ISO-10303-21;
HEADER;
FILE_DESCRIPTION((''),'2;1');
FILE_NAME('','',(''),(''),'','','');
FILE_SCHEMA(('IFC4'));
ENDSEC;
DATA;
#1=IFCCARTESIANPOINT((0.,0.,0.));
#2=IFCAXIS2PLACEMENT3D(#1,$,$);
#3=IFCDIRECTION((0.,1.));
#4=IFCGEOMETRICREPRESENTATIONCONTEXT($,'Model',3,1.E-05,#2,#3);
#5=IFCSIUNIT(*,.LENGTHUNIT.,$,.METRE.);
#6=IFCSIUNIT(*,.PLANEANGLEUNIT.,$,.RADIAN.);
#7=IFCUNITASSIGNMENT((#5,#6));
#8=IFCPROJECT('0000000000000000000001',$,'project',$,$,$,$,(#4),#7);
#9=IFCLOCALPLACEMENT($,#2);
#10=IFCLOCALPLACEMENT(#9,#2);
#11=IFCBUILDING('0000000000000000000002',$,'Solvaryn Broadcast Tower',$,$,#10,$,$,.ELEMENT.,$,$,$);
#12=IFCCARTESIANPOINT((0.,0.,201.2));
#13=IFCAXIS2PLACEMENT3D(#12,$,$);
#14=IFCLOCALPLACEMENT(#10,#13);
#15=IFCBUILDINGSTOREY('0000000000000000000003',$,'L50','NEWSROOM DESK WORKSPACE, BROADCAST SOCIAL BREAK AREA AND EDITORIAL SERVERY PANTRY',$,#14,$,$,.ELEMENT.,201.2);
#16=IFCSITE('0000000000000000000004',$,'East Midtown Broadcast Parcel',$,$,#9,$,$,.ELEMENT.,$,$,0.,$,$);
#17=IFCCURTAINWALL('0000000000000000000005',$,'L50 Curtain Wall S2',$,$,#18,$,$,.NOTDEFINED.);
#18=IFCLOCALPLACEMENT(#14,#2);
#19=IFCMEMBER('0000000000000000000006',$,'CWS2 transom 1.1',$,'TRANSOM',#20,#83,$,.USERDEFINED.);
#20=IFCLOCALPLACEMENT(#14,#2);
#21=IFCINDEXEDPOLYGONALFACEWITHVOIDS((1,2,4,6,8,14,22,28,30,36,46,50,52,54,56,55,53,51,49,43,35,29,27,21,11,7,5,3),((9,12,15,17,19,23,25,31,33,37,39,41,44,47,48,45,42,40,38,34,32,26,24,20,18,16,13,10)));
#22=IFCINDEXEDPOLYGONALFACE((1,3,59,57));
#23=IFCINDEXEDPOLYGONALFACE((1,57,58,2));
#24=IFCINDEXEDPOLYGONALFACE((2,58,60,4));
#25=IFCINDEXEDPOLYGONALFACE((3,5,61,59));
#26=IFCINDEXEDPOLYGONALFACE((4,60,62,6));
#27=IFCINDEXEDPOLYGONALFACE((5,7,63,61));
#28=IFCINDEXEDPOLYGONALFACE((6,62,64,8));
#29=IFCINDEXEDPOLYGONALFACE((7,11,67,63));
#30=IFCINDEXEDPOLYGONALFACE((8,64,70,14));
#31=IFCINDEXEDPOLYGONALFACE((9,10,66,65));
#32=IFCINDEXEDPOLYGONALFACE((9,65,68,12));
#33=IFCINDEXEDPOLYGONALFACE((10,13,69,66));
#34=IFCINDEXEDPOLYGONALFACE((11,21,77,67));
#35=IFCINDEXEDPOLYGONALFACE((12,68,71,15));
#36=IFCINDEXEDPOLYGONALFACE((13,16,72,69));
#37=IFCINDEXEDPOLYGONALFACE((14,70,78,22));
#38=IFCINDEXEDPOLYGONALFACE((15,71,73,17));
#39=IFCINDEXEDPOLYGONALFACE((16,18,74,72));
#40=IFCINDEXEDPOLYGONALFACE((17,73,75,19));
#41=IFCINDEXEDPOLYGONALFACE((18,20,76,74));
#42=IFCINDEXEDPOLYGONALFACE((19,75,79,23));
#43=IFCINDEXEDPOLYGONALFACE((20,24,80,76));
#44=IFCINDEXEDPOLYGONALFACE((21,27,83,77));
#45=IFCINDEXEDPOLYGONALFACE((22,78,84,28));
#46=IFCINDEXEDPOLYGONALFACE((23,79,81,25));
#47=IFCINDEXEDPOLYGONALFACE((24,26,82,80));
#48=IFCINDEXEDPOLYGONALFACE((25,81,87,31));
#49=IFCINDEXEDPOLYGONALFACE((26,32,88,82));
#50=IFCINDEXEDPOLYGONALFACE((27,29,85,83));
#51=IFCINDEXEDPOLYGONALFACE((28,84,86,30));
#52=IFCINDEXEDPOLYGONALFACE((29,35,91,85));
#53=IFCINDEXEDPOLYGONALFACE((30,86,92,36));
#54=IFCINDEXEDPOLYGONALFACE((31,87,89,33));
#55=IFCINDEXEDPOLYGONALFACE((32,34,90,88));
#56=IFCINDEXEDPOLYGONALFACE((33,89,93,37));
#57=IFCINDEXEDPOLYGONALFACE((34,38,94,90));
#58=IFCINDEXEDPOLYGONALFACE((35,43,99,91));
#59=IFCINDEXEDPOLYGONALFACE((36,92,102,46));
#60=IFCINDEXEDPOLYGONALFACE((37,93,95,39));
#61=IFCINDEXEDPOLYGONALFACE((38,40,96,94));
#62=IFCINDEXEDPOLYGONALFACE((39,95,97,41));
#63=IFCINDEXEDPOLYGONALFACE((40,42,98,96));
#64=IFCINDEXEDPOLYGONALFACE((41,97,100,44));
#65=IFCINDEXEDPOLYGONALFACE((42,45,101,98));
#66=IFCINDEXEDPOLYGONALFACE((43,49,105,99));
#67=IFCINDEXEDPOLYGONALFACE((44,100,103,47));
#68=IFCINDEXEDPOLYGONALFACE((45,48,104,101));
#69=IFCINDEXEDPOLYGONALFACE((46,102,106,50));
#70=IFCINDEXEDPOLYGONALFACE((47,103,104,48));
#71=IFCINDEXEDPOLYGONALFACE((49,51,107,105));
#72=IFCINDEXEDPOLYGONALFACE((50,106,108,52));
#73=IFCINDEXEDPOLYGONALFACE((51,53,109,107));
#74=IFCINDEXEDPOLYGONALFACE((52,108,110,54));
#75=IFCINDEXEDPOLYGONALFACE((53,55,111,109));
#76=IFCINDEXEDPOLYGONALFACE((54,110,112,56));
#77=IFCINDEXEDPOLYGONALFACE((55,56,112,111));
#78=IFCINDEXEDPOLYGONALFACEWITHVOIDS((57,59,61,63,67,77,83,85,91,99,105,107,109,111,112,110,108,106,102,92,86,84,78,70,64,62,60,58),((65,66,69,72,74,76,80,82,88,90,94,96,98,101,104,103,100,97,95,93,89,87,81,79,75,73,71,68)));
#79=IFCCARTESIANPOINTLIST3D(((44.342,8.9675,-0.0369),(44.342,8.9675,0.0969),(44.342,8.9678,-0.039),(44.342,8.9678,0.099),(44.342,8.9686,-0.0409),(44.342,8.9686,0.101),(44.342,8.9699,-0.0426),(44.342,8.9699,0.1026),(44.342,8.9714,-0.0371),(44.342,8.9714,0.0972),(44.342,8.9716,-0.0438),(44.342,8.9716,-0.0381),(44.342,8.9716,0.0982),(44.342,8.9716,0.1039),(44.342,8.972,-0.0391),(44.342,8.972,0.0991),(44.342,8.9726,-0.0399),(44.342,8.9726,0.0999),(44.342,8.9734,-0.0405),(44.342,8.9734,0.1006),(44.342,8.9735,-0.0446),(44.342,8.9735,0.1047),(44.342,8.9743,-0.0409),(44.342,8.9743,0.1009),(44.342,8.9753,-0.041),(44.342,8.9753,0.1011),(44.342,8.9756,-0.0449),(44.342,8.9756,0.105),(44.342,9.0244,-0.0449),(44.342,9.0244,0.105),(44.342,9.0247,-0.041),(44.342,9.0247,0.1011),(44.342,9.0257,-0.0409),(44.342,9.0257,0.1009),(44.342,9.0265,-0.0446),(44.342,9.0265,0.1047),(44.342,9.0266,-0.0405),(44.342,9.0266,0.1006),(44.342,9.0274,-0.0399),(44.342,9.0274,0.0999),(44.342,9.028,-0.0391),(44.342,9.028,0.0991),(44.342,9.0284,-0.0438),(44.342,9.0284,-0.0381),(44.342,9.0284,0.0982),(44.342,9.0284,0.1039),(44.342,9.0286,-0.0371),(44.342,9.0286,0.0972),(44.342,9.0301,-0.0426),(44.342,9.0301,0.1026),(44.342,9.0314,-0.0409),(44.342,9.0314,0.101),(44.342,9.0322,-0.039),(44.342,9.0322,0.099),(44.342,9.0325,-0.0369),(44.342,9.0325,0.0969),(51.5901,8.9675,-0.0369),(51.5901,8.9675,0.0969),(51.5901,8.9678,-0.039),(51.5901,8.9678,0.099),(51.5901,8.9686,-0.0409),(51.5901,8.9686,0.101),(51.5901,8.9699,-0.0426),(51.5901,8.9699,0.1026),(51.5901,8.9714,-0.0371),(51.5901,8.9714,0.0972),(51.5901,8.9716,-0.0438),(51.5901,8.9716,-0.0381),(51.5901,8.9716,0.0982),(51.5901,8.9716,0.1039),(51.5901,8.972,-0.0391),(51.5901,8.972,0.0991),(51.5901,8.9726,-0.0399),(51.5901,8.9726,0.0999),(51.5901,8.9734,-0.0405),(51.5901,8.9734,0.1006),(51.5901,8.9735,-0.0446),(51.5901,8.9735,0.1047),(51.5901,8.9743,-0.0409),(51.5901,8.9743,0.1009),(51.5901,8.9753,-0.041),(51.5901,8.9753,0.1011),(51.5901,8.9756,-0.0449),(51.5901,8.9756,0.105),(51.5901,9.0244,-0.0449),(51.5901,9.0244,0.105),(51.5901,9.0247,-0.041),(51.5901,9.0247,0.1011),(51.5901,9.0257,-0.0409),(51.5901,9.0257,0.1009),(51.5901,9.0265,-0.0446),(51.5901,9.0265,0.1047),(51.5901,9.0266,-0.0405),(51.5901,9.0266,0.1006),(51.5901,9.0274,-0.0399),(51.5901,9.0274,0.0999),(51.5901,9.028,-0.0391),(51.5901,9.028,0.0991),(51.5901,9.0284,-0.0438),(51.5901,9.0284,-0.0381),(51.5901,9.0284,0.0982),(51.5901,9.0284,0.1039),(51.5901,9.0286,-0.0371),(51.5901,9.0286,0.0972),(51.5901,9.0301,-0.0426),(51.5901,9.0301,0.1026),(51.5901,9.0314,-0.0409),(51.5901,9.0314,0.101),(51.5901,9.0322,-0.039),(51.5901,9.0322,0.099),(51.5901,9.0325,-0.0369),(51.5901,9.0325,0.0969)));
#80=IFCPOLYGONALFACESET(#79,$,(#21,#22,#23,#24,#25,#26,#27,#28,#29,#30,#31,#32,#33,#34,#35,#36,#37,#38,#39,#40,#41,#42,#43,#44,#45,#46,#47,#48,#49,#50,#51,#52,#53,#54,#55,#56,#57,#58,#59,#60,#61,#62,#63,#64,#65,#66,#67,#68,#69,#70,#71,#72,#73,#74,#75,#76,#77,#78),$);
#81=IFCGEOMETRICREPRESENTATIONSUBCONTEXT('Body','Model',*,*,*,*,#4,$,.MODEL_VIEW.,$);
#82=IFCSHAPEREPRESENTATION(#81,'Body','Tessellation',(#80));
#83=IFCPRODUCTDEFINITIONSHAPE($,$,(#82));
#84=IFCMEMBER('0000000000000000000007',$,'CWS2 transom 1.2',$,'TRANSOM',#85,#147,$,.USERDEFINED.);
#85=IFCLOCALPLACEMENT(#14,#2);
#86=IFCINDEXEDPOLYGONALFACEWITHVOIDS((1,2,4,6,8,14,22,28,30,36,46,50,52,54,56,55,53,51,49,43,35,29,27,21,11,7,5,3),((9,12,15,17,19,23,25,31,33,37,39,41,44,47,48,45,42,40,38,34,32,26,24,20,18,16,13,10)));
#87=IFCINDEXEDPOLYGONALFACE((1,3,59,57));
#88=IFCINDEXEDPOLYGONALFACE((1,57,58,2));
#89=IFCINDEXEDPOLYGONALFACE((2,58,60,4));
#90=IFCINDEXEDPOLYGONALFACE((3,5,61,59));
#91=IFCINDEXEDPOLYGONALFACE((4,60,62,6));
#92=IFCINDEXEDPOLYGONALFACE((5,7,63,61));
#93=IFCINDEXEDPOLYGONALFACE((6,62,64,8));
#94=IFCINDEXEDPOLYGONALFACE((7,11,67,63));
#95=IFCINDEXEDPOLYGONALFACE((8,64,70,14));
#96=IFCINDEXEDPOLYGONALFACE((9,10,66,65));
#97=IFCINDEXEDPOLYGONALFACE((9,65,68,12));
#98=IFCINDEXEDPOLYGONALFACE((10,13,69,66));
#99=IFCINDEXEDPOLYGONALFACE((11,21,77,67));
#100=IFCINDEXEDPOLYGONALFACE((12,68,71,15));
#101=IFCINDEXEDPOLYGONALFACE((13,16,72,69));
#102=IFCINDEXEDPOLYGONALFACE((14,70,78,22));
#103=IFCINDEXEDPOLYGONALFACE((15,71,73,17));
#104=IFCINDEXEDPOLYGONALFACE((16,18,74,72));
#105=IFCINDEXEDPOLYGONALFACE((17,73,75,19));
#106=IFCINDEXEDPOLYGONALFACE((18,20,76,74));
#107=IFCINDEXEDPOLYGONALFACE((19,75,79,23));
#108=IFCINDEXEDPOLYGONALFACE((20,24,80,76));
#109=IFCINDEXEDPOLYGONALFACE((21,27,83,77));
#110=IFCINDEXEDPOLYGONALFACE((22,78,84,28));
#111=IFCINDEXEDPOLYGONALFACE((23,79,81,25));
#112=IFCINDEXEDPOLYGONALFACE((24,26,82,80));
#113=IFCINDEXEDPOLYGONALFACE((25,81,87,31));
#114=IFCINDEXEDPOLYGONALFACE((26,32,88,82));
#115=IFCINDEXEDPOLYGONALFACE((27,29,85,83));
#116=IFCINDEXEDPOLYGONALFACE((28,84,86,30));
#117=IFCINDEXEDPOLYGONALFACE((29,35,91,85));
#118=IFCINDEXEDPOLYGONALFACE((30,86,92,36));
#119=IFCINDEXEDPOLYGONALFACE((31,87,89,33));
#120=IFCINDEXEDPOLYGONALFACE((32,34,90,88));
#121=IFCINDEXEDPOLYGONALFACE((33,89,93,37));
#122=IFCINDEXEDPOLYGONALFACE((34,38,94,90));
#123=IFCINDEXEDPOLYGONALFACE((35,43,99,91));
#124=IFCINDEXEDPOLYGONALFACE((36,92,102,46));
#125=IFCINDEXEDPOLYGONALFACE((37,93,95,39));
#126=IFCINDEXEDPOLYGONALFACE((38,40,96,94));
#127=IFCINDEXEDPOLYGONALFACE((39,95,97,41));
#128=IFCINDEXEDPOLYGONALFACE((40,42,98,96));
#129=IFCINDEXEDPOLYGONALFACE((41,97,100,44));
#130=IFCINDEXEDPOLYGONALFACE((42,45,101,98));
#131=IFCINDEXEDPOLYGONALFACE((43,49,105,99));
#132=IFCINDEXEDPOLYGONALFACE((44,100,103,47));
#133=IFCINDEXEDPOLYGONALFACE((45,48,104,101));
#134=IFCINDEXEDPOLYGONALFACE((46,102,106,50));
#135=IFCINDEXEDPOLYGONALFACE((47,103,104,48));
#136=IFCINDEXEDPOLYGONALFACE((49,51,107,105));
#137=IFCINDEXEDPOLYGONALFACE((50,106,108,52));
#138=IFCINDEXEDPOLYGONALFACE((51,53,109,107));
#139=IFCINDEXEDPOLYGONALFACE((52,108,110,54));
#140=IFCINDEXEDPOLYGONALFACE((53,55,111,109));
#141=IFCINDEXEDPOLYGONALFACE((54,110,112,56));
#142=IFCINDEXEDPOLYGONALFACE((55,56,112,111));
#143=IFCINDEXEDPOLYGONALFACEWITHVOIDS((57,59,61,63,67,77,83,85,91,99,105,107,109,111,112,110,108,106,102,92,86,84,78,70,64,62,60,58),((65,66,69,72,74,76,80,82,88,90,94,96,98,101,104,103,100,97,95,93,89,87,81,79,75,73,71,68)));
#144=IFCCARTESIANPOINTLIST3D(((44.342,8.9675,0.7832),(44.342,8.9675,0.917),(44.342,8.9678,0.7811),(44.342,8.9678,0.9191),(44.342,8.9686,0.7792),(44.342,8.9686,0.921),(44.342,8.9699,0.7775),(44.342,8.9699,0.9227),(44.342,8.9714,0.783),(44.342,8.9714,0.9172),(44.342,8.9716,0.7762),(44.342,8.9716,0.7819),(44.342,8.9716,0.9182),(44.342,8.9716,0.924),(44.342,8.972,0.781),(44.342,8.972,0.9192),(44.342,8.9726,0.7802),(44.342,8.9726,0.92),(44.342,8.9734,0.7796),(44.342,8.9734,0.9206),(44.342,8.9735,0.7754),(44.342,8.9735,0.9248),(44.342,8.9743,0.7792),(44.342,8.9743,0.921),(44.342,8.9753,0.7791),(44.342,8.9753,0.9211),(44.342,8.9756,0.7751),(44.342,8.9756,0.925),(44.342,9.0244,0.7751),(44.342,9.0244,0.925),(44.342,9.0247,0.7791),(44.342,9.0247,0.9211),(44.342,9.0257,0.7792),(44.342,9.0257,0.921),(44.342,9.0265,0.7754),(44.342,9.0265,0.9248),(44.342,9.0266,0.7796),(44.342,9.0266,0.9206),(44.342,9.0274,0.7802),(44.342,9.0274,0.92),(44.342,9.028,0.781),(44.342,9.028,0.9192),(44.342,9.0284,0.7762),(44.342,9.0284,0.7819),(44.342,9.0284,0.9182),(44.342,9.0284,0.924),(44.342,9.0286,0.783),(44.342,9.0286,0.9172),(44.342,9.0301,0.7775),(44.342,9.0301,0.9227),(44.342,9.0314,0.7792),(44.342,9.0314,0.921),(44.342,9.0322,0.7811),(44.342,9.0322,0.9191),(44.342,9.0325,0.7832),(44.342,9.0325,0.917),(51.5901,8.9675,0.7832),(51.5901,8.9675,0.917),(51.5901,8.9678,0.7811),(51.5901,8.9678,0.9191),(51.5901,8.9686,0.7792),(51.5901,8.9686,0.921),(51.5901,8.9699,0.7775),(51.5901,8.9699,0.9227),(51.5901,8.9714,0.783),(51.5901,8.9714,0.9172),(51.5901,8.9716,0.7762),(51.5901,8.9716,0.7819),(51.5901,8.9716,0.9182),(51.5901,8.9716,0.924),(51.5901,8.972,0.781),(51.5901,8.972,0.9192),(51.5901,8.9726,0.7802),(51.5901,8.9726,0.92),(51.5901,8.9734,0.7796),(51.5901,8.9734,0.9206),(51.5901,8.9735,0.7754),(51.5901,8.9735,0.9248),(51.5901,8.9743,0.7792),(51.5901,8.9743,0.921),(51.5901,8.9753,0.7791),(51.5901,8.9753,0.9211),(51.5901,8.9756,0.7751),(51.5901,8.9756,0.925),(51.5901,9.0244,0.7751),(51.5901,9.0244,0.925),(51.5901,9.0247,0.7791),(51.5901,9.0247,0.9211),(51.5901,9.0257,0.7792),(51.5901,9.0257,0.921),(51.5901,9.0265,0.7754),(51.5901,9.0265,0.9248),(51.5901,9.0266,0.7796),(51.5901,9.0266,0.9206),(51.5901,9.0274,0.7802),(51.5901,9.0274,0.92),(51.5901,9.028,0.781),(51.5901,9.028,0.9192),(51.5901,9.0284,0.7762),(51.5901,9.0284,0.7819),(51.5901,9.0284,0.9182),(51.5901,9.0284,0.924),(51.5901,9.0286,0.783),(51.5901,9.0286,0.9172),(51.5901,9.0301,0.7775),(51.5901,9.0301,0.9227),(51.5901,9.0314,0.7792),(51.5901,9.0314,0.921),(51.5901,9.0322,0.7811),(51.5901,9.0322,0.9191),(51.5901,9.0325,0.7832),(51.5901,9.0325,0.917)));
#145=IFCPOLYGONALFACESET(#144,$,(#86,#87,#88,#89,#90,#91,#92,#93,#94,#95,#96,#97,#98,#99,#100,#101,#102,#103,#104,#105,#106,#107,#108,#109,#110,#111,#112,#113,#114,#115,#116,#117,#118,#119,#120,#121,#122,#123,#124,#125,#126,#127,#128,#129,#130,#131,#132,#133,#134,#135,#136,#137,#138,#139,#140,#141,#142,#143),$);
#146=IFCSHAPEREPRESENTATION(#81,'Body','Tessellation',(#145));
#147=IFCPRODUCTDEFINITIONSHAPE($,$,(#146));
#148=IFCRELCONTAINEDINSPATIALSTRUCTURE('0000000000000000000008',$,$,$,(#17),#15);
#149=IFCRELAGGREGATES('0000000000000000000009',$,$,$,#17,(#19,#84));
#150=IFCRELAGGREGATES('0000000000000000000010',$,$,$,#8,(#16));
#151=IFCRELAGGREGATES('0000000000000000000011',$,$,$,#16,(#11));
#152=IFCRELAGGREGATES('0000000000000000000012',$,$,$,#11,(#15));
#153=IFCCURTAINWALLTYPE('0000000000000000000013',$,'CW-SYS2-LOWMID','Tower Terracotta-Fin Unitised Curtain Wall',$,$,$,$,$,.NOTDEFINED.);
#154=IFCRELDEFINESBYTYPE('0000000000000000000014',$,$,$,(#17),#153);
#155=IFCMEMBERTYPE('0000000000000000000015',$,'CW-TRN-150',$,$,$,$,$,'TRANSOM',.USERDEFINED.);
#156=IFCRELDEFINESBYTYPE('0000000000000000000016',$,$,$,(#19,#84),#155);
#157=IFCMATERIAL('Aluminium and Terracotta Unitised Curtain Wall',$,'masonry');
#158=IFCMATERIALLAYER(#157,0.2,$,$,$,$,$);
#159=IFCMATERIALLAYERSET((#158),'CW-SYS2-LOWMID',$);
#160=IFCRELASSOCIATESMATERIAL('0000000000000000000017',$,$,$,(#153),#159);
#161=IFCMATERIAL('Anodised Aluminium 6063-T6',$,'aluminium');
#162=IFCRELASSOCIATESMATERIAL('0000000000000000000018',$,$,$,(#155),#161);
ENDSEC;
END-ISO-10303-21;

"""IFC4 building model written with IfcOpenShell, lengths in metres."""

from ifc_helpers import new_model, si_unit, direction, frame, origin, origin_2d, place, context, subcontext, project, spatial, hollow_rectangle, extrude, material, layer, layer_set, material_profile, profile_set, type_object, element, aggregate, save


model = new_model("IFC4")

# Units and contexts
model_context = context("Model", 3, precision=1e-05, world=origin(), true_north=direction((0.0, 1.0)))
body_context = subcontext(model_context, "Body", "Model", "MODEL_VIEW")
ifc_project = project(units=[si_unit("LENGTHUNIT", "METRE"), si_unit("PLANEANGLEUNIT", "RADIAN")], contexts=[model_context])

# Site, building, storey
site_placement = place(None, origin())
site = spatial("IfcSite", under=ifc_project, at=site_placement, Name="East Midtown Broadcast Parcel", CompositionType="ELEMENT", RefElevation=0.0)
building_placement = place(site_placement, origin())
building = spatial("IfcBuilding", under=site, at=building_placement, Name="Solvaryn Broadcast Tower", CompositionType="ELEMENT")
storey_placement = place(building_placement, frame((0.0, 0.0, 201.2)))
storey = spatial("IfcBuildingStorey", under=building, at=storey_placement, Name="L50", Description="NEWSROOM DESK WORKSPACE, BROADCAST SOCIAL BREAK AREA AND EDITORIAL SERVERY PANTRY", CompositionType="ELEMENT", Elevation=201.2)

# Shared definitions
ifc_material_1 = material(Name="Aluminium and Terracotta Unitised Curtain Wall", Category="masonry")
ifc_layer_1 = layer(ifc_material_1, 0.2)
ifc_layer_set_1 = layer_set([ifc_layer_1], Name="CW-SYS2-LOWMID")
curtain_wall_type = type_object("IfcCurtainWallType", Name="CW-SYS2-LOWMID", Description="Tower Terracotta-Fin Unitised Curtain Wall", PredefinedType="NOTDEFINED", material=ifc_layer_set_1)

# Curtain wall, members
curtain_wall_1_placement = place(storey_placement, origin())
curtain_wall_1 = element("IfcCurtainWall", 1, at=curtain_wall_1_placement, inside=storey, type_object=curtain_wall_type, Name="L50 Curtain Wall S2", PredefinedType="NOTDEFINED")
ifc_material_2 = material(Name="Anodised Aluminium 6063-T6", Category="aluminium")
ifc_material_profile_1 = material_profile(ifc_material_2, hollow_rectangle(XDim=0.0649, YDim=0.1499, WallThickness=0.0039, InnerFilletRadius=0.0039, OuterFilletRadius=0.0081, at=origin_2d()))
ifc_profile_set_1 = profile_set([ifc_material_profile_1], Name="Anodised Aluminium 6063-T6")
member_type_1 = type_object("IfcMemberType", Name="CW-TRN-150", ElementType="TRANSOM", PredefinedType="USERDEFINED", material=ifc_profile_set_1)
member_1_placement = place(storey_placement, frame((44.342, 9.0, 0.03), z_axis=(1.0, 0.0, 0.0), x_axis=(0.0, 1.0, 0.0)))
member_1 = element("IfcMember", 2, at=member_1_placement, type_object=member_type_1, Name="CWS2 transom 1.1", ObjectType="TRANSOM", PredefinedType="USERDEFINED", context=body_context, shape_type="SweptSolid", body=[
    extrude(hollow_rectangle(XDim=0.0649, YDim=0.1499, WallThickness=0.0039, InnerFilletRadius=0.0039, OuterFilletRadius=0.0081, at=origin_2d()), origin(), (0.0, 0.0, 1.0), 7.248),
])
member_2_placement = place(storey_placement, frame((44.342, 9.0, 0.8501), z_axis=(1.0, 0.0, 0.0), x_axis=(0.0, 1.0, 0.0)))
member_2 = element("IfcMember", 3, at=member_2_placement, type_object=member_type_1, Name="CWS2 transom 1.2", ObjectType="TRANSOM", PredefinedType="USERDEFINED", context=body_context, shape_type="SweptSolid", body=[
    extrude(hollow_rectangle(XDim=0.0649, YDim=0.1499, WallThickness=0.0039, InnerFilletRadius=0.0039, OuterFilletRadius=0.0081, at=origin_2d()), origin(), (0.0, 0.0, 1.0), 7.248),
])
aggregate(curtain_wall_1, [member_1, member_2])

save(model, "model.ifc")
